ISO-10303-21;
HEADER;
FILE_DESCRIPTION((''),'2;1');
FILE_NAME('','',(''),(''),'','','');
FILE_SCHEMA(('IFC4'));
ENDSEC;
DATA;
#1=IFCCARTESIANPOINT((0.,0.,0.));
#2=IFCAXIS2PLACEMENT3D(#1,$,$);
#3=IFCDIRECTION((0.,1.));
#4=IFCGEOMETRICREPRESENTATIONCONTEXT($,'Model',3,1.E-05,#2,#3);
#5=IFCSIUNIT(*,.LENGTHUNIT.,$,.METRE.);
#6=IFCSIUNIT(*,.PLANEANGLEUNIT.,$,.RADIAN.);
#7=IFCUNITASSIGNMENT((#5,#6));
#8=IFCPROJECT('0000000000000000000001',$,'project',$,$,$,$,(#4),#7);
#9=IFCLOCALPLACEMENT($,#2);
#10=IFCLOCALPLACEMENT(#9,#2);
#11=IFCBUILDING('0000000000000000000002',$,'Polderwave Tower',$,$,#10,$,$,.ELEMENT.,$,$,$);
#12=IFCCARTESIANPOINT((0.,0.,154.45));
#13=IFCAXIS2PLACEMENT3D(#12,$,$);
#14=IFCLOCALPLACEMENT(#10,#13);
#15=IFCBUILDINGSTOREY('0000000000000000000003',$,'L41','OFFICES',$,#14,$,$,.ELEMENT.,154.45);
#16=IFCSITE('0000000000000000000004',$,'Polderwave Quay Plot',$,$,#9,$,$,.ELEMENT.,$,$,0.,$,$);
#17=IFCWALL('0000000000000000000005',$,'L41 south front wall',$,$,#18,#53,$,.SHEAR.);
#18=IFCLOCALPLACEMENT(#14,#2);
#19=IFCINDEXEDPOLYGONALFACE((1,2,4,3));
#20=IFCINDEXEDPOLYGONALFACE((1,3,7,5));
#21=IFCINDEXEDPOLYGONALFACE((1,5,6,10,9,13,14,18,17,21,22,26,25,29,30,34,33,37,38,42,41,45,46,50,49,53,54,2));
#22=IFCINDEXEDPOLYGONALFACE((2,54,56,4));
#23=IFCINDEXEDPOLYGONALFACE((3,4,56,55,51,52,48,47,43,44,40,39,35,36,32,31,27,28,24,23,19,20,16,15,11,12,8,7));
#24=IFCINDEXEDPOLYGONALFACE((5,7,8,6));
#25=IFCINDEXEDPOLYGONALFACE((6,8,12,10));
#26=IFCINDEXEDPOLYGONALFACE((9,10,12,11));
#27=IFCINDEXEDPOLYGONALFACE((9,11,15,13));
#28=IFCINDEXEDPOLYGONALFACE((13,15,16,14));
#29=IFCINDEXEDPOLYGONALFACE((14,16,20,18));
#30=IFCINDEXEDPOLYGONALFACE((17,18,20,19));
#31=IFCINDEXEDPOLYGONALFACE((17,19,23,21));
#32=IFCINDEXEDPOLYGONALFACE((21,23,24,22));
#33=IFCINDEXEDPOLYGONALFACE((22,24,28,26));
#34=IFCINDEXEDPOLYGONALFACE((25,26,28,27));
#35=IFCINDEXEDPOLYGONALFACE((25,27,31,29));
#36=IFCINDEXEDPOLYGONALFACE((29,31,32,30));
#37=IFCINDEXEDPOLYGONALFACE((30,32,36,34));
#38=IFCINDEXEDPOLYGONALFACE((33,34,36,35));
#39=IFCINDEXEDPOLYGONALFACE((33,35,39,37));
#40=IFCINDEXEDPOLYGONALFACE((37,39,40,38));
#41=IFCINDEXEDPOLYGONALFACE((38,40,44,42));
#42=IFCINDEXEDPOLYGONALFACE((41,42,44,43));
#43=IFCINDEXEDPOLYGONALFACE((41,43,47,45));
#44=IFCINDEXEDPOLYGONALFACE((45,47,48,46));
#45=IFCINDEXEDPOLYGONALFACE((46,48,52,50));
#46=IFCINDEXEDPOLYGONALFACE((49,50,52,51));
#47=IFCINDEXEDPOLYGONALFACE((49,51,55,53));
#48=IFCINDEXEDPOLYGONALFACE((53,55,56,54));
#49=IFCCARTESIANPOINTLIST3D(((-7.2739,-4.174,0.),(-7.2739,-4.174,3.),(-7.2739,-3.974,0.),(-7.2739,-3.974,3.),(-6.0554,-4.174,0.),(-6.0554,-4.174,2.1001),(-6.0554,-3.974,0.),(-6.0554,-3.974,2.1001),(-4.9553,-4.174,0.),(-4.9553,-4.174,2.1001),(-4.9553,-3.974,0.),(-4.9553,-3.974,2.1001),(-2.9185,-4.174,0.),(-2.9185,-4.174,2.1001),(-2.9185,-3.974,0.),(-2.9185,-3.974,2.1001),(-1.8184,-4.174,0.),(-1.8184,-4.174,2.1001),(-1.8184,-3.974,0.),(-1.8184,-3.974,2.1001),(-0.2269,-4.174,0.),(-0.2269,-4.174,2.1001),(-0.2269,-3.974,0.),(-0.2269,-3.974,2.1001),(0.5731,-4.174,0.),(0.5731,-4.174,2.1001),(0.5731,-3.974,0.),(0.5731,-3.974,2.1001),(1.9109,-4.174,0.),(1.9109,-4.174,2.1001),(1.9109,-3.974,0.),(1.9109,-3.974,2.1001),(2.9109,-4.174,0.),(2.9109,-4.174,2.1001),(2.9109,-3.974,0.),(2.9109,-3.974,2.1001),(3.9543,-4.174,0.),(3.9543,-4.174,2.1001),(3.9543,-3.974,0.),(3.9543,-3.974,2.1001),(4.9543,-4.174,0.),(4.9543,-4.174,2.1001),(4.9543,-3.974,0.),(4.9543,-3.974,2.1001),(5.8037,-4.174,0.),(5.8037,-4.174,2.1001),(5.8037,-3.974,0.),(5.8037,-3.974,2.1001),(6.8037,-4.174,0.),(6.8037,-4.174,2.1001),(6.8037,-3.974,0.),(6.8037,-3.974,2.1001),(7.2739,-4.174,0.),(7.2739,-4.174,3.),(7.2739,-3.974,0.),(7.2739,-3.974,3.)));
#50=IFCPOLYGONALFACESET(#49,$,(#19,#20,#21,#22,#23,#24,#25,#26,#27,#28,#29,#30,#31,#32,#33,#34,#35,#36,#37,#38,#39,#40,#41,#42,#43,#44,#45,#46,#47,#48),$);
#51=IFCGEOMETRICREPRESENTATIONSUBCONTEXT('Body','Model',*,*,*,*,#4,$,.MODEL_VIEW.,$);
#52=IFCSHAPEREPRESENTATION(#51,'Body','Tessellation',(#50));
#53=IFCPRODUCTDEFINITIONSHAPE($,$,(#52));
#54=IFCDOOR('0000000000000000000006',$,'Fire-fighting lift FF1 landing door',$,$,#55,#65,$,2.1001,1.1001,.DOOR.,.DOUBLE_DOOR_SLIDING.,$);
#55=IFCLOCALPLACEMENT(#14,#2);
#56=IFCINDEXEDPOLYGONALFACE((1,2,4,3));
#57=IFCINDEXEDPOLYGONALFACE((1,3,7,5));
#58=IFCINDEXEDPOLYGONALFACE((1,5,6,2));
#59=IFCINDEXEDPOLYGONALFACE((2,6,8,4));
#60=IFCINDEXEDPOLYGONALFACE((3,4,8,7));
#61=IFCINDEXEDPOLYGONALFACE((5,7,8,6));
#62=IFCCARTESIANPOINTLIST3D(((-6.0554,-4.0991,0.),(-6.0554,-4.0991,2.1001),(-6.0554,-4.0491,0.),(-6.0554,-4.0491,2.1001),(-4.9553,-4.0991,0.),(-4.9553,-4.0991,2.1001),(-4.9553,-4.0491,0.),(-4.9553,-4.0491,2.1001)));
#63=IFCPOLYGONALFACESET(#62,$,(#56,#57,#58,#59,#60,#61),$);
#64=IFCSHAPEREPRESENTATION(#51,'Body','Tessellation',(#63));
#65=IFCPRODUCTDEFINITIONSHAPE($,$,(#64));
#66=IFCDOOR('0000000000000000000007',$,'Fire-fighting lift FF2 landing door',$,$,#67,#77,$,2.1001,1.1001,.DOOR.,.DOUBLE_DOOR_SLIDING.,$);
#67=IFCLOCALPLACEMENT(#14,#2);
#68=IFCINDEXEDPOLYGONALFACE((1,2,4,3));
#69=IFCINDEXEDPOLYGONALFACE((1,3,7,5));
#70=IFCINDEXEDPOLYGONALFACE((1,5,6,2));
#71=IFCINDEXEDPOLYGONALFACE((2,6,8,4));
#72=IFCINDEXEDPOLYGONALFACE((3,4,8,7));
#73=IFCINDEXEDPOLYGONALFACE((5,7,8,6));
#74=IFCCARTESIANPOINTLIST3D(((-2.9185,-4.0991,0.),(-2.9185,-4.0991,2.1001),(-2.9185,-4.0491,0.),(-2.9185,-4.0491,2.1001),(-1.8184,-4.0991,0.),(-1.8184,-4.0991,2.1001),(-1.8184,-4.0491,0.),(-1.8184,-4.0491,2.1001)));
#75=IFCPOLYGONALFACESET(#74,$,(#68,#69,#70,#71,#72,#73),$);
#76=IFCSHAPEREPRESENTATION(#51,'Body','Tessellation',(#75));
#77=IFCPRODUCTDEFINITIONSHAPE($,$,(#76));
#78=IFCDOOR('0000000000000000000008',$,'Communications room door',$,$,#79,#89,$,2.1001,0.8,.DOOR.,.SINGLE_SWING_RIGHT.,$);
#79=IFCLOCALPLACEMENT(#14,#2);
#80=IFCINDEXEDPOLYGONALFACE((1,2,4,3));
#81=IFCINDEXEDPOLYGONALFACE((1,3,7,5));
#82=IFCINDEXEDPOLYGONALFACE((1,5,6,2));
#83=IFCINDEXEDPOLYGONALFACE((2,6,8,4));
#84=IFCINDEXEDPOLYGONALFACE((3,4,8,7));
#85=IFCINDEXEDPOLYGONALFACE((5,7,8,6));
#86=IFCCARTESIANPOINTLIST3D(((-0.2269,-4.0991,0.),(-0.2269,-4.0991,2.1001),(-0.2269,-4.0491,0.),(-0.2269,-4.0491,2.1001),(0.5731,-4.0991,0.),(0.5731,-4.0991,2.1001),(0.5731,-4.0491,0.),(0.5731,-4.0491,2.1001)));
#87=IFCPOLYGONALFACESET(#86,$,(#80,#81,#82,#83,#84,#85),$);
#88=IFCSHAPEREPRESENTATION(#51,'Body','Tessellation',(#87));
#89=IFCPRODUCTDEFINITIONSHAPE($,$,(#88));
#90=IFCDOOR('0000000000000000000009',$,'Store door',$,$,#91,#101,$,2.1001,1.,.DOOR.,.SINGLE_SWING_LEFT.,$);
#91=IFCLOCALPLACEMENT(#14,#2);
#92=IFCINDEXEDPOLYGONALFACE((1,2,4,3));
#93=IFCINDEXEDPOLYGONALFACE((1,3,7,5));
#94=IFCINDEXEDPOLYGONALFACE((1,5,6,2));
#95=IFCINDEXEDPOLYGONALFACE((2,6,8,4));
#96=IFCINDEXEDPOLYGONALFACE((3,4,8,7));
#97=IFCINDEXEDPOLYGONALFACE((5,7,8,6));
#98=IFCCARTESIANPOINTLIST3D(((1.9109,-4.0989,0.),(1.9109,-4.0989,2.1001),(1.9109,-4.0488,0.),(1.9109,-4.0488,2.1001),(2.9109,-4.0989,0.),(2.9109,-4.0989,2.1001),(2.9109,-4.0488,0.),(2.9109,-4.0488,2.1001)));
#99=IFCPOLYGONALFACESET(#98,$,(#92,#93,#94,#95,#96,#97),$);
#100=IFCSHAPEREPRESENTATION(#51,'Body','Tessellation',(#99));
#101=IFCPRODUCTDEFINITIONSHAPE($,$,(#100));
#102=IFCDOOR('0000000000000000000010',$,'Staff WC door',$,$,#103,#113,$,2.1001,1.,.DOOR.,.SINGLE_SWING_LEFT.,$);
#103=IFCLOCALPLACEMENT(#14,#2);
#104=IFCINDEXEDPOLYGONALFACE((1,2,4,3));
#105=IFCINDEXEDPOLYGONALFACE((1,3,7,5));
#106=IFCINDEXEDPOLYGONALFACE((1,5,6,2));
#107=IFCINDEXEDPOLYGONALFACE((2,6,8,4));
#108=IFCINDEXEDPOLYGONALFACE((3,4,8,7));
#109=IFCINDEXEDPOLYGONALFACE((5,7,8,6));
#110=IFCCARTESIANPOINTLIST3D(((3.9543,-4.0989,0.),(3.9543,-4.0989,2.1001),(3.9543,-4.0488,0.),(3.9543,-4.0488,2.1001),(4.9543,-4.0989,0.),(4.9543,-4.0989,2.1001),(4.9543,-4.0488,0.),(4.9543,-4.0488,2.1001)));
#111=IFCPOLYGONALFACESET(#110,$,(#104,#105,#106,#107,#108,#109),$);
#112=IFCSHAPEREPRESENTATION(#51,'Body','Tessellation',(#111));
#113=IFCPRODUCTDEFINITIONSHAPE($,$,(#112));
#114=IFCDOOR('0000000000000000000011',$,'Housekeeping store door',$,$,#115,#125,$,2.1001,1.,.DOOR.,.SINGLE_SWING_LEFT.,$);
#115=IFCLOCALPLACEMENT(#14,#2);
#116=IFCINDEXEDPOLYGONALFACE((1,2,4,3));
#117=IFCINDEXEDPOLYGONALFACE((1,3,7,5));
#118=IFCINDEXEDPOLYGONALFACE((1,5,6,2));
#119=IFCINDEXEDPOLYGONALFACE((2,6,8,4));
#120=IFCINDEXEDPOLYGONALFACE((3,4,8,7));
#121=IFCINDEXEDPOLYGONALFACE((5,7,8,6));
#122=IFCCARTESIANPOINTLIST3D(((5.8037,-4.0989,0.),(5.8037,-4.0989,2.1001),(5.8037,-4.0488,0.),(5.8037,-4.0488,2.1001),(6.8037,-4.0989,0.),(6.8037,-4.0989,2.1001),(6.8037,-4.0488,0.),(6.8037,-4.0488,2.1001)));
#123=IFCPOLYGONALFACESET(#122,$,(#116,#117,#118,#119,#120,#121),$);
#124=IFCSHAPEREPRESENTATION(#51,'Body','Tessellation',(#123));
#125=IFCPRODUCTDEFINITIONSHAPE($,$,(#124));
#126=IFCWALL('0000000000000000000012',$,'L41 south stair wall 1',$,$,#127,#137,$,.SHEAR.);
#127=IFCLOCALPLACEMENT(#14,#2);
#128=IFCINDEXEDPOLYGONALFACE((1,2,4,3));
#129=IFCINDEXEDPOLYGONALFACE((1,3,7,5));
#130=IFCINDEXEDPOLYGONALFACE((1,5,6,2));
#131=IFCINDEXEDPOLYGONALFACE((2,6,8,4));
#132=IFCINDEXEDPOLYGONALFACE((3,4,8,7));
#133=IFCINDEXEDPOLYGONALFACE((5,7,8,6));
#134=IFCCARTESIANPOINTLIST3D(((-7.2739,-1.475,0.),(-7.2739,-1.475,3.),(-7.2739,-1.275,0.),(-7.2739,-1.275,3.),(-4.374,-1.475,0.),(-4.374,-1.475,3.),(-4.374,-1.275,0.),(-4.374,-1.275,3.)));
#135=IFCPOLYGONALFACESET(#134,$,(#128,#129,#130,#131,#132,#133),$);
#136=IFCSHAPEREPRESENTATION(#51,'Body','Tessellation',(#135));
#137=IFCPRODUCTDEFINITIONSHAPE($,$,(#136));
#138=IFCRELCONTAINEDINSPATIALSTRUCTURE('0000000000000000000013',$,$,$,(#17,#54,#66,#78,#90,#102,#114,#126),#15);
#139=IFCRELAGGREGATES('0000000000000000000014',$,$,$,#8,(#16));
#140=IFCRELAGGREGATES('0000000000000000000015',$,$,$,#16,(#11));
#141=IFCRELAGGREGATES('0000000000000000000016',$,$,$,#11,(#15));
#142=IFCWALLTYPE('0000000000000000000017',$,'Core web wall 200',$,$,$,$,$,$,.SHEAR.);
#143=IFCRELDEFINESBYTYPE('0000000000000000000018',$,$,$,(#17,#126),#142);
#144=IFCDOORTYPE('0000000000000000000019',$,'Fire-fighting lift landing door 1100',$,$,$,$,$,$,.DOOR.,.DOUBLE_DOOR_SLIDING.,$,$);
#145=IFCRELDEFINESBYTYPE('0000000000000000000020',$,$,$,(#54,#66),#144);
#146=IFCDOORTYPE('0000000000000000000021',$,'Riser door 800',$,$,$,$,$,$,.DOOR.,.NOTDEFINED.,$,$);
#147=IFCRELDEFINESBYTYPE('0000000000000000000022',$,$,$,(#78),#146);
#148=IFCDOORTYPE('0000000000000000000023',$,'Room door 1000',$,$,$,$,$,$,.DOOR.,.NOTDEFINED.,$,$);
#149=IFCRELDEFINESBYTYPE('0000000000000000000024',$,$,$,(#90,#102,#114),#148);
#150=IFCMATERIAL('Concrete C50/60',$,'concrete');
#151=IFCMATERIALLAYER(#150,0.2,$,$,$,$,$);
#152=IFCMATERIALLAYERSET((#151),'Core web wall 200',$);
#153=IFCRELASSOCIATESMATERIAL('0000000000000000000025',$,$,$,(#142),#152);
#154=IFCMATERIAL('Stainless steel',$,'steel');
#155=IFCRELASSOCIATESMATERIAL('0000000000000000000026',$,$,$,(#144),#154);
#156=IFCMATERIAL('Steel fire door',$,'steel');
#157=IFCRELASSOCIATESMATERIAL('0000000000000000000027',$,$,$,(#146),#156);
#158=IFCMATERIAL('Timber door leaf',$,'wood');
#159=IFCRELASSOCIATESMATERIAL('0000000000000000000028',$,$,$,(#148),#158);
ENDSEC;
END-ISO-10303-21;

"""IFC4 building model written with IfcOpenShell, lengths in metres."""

from ifc_helpers import new_model, si_unit, direction, frame, frame_2d, origin, place, context, subcontext, project, spatial, rectangle, extrude, material, layer, layer_set, type_object, element, fill, save


model = new_model("IFC4")

# Units and contexts
model_context = context("Model", 3, precision=1e-05, world=origin(), true_north=direction((0.0, 1.0)))
body_context = subcontext(model_context, "Body", "Model", "MODEL_VIEW")
ifc_project = project(units=[si_unit("LENGTHUNIT", "METRE"), si_unit("PLANEANGLEUNIT", "RADIAN")], contexts=[model_context])

# Site, building, storey
site_placement = place(None, origin())
site = spatial("IfcSite", under=ifc_project, at=site_placement, Name="Polderwave Quay Plot", CompositionType="ELEMENT", RefElevation=0.0)
building_placement = place(site_placement, origin())
building = spatial("IfcBuilding", under=site, at=building_placement, Name="Polderwave Tower", CompositionType="ELEMENT")
storey_placement = place(building_placement, frame((0.0, 0.0, 154.45)))
storey = spatial("IfcBuildingStorey", under=building, at=storey_placement, Name="L41", Description="OFFICES", CompositionType="ELEMENT", Elevation=154.45)

# Wall, openings, doors
ifc_material_1 = material(Name="Steel fire door", Category="steel")
ifc_material_2 = material(Name="Concrete C50/60", Category="concrete")
ifc_layer_1 = layer(ifc_material_2, 0.2)
ifc_layer_set_1 = layer_set([ifc_layer_1], Name="Core web wall 200")
wall_type_1 = type_object("IfcWallType", Name="Core web wall 200", PredefinedType="SHEAR", material=ifc_layer_set_1)
wall_1_placement = place(storey_placement, frame((-7.2739, -4.074, 0.0), z_axis=(0.0, 0.0, 1.0), x_axis=(1.0, 0.0, 0.0)))
wall_1 = element("IfcWall", 1, at=wall_1_placement, inside=storey, type_object=wall_type_1, Name="L41 south front wall", PredefinedType="SHEAR", context=body_context, shape_type="SweptSolid", body=[
    extrude(rectangle(XDim=14.5479, YDim=0.2, at=frame_2d((7.2739, 0.0))), origin(), (0.0, 0.0, 1.0), 3.0),
])
opening_1_placement = place(wall_1_placement, frame((1.2185, 0.0, 0.0)))
opening_1 = element("IfcOpeningElement", 2, at=opening_1_placement, cuts=wall_1, PredefinedType="OPENING", context=body_context, shape_type="SweptSolid", body=[
    extrude(rectangle(XDim=1.1001, YDim=2.1001, at=frame_2d((0.55, 1.05))), frame((0.0, 0.1099, 0.0), z_axis=(0.0, -1.0, 0.0), x_axis=(1.0, 0.0, 0.0)), (0.0, 0.0, 1.0), 0.22),
])
opening_2_placement = place(wall_1_placement, frame((4.3555, 0.0, 0.0)))
opening_2 = element("IfcOpeningElement", 3, at=opening_2_placement, cuts=wall_1, PredefinedType="OPENING", context=body_context, shape_type="SweptSolid", body=[
    extrude(rectangle(XDim=1.1001, YDim=2.1001, at=frame_2d((0.55, 1.05))), frame((0.0, 0.1099, 0.0), z_axis=(0.0, -1.0, 0.0), x_axis=(1.0, 0.0, 0.0)), (0.0, 0.0, 1.0), 0.22),
])
opening_3_placement = place(wall_1_placement, frame((7.0471, 0.0, 0.0)))
opening_3 = element("IfcOpeningElement", 4, at=opening_3_placement, cuts=wall_1, PredefinedType="OPENING", context=body_context, shape_type="SweptSolid", body=[
    extrude(rectangle(XDim=0.8, YDim=2.1001, at=frame_2d((0.3999, 1.05))), frame((0.0, 0.1099, 0.0), z_axis=(0.0, -1.0, 0.0), x_axis=(1.0, 0.0, 0.0)), (0.0, 0.0, 1.0), 0.22),
])
opening_4_placement = place(wall_1_placement, frame((9.1848, 0.0, 0.0)))
opening_4 = element("IfcOpeningElement", 5, at=opening_4_placement, cuts=wall_1, PredefinedType="OPENING", context=body_context, shape_type="SweptSolid", body=[
    extrude(rectangle(XDim=1.0, YDim=2.1001, at=frame_2d((0.5, 1.05))), frame((0.0, 0.1099, 0.0), z_axis=(0.0, -1.0, 0.0), x_axis=(1.0, 0.0, 0.0)), (0.0, 0.0, 1.0), 0.22),
])
opening_5_placement = place(wall_1_placement, frame((11.2283, 0.0, 0.0)))
opening_5 = element("IfcOpeningElement", 6, at=opening_5_placement, cuts=wall_1, PredefinedType="OPENING", context=body_context, shape_type="SweptSolid", body=[
    extrude(rectangle(XDim=1.0, YDim=2.1001, at=frame_2d((0.5, 1.05))), frame((0.0, 0.1099, 0.0), z_axis=(0.0, -1.0, 0.0), x_axis=(1.0, 0.0, 0.0)), (0.0, 0.0, 1.0), 0.22),
])
opening_6_placement = place(wall_1_placement, frame((13.0776, 0.0, 0.0)))
opening_6 = element("IfcOpeningElement", 7, at=opening_6_placement, cuts=wall_1, PredefinedType="OPENING", context=body_context, shape_type="SweptSolid", body=[
    extrude(rectangle(XDim=1.0, YDim=2.1001, at=frame_2d((0.5, 1.05))), frame((0.0, 0.1099, 0.0), z_axis=(0.0, -1.0, 0.0), x_axis=(1.0, 0.0, 0.0)), (0.0, 0.0, 1.0), 0.22),
])
ifc_material_3 = material(Name="Stainless steel", Category="steel")
door_type_1 = type_object("IfcDoorType", Name="Fire-fighting lift landing door 1100", OperationType="DOUBLE_DOOR_SLIDING", PredefinedType="DOOR", material=ifc_material_3)
door_1_placement = place(opening_1_placement, origin())
door_1 = element("IfcDoor", 8, at=door_1_placement, inside=storey, type_object=door_type_1, Name="Fire-fighting lift FF1 landing door", OperationType="DOUBLE_DOOR_SLIDING", OverallHeight=2.1001, OverallWidth=1.1001, PredefinedType="DOOR", context=body_context, shape_type="SweptSolid", body=[
    extrude(rectangle(XDim=1.1001, YDim=2.1001, at=frame_2d((0.55, 1.05))), frame((0.0, 0.0249, 0.0), z_axis=(0.0, -1.0, 0.0), x_axis=(1.0, 0.0, 0.0)), (0.0, 0.0, 1.0), 0.05),
])
fill(opening_1, door_1)
door_2_placement = place(opening_2_placement, origin())
door_2 = element("IfcDoor", 9, at=door_2_placement, inside=storey, type_object=door_type_1, Name="Fire-fighting lift FF2 landing door", OperationType="DOUBLE_DOOR_SLIDING", OverallHeight=2.1001, OverallWidth=1.1001, PredefinedType="DOOR", context=body_context, shape_type="SweptSolid", body=[
    extrude(rectangle(XDim=1.1001, YDim=2.1001, at=frame_2d((0.55, 1.05))), frame((0.0, 0.0249, 0.0), z_axis=(0.0, -1.0, 0.0), x_axis=(1.0, 0.0, 0.0)), (0.0, 0.0, 1.0), 0.05),
])
fill(opening_2, door_2)
door_type_2 = type_object("IfcDoorType", Name="Riser door 800", OperationType="NOTDEFINED", PredefinedType="DOOR", material=ifc_material_1)
door_3_placement = place(opening_3_placement, origin())
door_3 = element("IfcDoor", 10, at=door_3_placement, inside=storey, type_object=door_type_2, Name="Communications room door", OperationType="SINGLE_SWING_RIGHT", OverallHeight=2.1001, OverallWidth=0.8, PredefinedType="DOOR", context=body_context, shape_type="SweptSolid", body=[
    extrude(rectangle(XDim=0.8, YDim=2.1001, at=frame_2d((0.3999, 1.05))), frame((0.0, 0.0249, 0.0), z_axis=(0.0, -1.0, 0.0), x_axis=(1.0, 0.0, 0.0)), (0.0, 0.0, 1.0), 0.05),
])
fill(opening_3, door_3)
ifc_material_4 = material(Name="Timber door leaf", Category="wood")
door_type_3 = type_object("IfcDoorType", Name="Room door 1000", OperationType="NOTDEFINED", PredefinedType="DOOR", material=ifc_material_4)
door_4_placement = place(opening_4_placement, frame((1.0, 0.0, 0.0), z_axis=(0.0, 0.0, 1.0), x_axis=(-1.0, 0.0, 0.0)))
door_4 = element("IfcDoor", 11, at=door_4_placement, inside=storey, type_object=door_type_3, Name="Store door", OperationType="SINGLE_SWING_LEFT", OverallHeight=2.1001, OverallWidth=1.0, PredefinedType="DOOR", context=body_context, shape_type="SweptSolid", body=[
    extrude(rectangle(XDim=1.0, YDim=2.1001, at=frame_2d((0.5, 1.05))), frame((0.0, 0.0249, 0.0), z_axis=(0.0, -1.0, 0.0), x_axis=(1.0, 0.0, 0.0)), (0.0, 0.0, 1.0), 0.05),
])
fill(opening_4, door_4)
door_5_placement = place(opening_5_placement, frame((1.0, 0.0, 0.0), z_axis=(0.0, 0.0, 1.0), x_axis=(-1.0, 0.0, 0.0)))
door_5 = element("IfcDoor", 12, at=door_5_placement, inside=storey, type_object=door_type_3, Name="Staff WC door", OperationType="SINGLE_SWING_LEFT", OverallHeight=2.1001, OverallWidth=1.0, PredefinedType="DOOR", context=body_context, shape_type="SweptSolid", body=[
    extrude(rectangle(XDim=1.0, YDim=2.1001, at=frame_2d((0.5, 1.05))), frame((0.0, 0.0249, 0.0), z_axis=(0.0, -1.0, 0.0), x_axis=(1.0, 0.0, 0.0)), (0.0, 0.0, 1.0), 0.05),
])
fill(opening_5, door_5)
door_6_placement = place(opening_6_placement, frame((1.0, 0.0, 0.0), z_axis=(0.0, 0.0, 1.0), x_axis=(-1.0, 0.0, 0.0)))
door_6 = element("IfcDoor", 13, at=door_6_placement, inside=storey, type_object=door_type_3, Name="Housekeeping store door", OperationType="SINGLE_SWING_LEFT", OverallHeight=2.1001, OverallWidth=1.0, PredefinedType="DOOR", context=body_context, shape_type="SweptSolid", body=[
    extrude(rectangle(XDim=1.0, YDim=2.1001, at=frame_2d((0.5, 1.05))), frame((0.0, 0.0249, 0.0), z_axis=(0.0, -1.0, 0.0), x_axis=(1.0, 0.0, 0.0)), (0.0, 0.0, 1.0), 0.05),
])
fill(opening_6, door_6)

# Wall
wall_2_placement = place(storey_placement, frame((-7.2739, -1.375, 0.0), z_axis=(0.0, 0.0, 1.0), x_axis=(1.0, 0.0, 0.0)))
element("IfcWall", 14, at=wall_2_placement, inside=storey, type_object=wall_type_1, Name="L41 south stair wall 1", PredefinedType="SHEAR", context=body_context, shape_type="SweptSolid", body=[
    extrude(rectangle(XDim=2.8999, YDim=0.2, at=frame_2d((1.45, 0.0))), origin(), (0.0, 0.0, 1.0), 3.0),
])

save(model, "model.ifc")
